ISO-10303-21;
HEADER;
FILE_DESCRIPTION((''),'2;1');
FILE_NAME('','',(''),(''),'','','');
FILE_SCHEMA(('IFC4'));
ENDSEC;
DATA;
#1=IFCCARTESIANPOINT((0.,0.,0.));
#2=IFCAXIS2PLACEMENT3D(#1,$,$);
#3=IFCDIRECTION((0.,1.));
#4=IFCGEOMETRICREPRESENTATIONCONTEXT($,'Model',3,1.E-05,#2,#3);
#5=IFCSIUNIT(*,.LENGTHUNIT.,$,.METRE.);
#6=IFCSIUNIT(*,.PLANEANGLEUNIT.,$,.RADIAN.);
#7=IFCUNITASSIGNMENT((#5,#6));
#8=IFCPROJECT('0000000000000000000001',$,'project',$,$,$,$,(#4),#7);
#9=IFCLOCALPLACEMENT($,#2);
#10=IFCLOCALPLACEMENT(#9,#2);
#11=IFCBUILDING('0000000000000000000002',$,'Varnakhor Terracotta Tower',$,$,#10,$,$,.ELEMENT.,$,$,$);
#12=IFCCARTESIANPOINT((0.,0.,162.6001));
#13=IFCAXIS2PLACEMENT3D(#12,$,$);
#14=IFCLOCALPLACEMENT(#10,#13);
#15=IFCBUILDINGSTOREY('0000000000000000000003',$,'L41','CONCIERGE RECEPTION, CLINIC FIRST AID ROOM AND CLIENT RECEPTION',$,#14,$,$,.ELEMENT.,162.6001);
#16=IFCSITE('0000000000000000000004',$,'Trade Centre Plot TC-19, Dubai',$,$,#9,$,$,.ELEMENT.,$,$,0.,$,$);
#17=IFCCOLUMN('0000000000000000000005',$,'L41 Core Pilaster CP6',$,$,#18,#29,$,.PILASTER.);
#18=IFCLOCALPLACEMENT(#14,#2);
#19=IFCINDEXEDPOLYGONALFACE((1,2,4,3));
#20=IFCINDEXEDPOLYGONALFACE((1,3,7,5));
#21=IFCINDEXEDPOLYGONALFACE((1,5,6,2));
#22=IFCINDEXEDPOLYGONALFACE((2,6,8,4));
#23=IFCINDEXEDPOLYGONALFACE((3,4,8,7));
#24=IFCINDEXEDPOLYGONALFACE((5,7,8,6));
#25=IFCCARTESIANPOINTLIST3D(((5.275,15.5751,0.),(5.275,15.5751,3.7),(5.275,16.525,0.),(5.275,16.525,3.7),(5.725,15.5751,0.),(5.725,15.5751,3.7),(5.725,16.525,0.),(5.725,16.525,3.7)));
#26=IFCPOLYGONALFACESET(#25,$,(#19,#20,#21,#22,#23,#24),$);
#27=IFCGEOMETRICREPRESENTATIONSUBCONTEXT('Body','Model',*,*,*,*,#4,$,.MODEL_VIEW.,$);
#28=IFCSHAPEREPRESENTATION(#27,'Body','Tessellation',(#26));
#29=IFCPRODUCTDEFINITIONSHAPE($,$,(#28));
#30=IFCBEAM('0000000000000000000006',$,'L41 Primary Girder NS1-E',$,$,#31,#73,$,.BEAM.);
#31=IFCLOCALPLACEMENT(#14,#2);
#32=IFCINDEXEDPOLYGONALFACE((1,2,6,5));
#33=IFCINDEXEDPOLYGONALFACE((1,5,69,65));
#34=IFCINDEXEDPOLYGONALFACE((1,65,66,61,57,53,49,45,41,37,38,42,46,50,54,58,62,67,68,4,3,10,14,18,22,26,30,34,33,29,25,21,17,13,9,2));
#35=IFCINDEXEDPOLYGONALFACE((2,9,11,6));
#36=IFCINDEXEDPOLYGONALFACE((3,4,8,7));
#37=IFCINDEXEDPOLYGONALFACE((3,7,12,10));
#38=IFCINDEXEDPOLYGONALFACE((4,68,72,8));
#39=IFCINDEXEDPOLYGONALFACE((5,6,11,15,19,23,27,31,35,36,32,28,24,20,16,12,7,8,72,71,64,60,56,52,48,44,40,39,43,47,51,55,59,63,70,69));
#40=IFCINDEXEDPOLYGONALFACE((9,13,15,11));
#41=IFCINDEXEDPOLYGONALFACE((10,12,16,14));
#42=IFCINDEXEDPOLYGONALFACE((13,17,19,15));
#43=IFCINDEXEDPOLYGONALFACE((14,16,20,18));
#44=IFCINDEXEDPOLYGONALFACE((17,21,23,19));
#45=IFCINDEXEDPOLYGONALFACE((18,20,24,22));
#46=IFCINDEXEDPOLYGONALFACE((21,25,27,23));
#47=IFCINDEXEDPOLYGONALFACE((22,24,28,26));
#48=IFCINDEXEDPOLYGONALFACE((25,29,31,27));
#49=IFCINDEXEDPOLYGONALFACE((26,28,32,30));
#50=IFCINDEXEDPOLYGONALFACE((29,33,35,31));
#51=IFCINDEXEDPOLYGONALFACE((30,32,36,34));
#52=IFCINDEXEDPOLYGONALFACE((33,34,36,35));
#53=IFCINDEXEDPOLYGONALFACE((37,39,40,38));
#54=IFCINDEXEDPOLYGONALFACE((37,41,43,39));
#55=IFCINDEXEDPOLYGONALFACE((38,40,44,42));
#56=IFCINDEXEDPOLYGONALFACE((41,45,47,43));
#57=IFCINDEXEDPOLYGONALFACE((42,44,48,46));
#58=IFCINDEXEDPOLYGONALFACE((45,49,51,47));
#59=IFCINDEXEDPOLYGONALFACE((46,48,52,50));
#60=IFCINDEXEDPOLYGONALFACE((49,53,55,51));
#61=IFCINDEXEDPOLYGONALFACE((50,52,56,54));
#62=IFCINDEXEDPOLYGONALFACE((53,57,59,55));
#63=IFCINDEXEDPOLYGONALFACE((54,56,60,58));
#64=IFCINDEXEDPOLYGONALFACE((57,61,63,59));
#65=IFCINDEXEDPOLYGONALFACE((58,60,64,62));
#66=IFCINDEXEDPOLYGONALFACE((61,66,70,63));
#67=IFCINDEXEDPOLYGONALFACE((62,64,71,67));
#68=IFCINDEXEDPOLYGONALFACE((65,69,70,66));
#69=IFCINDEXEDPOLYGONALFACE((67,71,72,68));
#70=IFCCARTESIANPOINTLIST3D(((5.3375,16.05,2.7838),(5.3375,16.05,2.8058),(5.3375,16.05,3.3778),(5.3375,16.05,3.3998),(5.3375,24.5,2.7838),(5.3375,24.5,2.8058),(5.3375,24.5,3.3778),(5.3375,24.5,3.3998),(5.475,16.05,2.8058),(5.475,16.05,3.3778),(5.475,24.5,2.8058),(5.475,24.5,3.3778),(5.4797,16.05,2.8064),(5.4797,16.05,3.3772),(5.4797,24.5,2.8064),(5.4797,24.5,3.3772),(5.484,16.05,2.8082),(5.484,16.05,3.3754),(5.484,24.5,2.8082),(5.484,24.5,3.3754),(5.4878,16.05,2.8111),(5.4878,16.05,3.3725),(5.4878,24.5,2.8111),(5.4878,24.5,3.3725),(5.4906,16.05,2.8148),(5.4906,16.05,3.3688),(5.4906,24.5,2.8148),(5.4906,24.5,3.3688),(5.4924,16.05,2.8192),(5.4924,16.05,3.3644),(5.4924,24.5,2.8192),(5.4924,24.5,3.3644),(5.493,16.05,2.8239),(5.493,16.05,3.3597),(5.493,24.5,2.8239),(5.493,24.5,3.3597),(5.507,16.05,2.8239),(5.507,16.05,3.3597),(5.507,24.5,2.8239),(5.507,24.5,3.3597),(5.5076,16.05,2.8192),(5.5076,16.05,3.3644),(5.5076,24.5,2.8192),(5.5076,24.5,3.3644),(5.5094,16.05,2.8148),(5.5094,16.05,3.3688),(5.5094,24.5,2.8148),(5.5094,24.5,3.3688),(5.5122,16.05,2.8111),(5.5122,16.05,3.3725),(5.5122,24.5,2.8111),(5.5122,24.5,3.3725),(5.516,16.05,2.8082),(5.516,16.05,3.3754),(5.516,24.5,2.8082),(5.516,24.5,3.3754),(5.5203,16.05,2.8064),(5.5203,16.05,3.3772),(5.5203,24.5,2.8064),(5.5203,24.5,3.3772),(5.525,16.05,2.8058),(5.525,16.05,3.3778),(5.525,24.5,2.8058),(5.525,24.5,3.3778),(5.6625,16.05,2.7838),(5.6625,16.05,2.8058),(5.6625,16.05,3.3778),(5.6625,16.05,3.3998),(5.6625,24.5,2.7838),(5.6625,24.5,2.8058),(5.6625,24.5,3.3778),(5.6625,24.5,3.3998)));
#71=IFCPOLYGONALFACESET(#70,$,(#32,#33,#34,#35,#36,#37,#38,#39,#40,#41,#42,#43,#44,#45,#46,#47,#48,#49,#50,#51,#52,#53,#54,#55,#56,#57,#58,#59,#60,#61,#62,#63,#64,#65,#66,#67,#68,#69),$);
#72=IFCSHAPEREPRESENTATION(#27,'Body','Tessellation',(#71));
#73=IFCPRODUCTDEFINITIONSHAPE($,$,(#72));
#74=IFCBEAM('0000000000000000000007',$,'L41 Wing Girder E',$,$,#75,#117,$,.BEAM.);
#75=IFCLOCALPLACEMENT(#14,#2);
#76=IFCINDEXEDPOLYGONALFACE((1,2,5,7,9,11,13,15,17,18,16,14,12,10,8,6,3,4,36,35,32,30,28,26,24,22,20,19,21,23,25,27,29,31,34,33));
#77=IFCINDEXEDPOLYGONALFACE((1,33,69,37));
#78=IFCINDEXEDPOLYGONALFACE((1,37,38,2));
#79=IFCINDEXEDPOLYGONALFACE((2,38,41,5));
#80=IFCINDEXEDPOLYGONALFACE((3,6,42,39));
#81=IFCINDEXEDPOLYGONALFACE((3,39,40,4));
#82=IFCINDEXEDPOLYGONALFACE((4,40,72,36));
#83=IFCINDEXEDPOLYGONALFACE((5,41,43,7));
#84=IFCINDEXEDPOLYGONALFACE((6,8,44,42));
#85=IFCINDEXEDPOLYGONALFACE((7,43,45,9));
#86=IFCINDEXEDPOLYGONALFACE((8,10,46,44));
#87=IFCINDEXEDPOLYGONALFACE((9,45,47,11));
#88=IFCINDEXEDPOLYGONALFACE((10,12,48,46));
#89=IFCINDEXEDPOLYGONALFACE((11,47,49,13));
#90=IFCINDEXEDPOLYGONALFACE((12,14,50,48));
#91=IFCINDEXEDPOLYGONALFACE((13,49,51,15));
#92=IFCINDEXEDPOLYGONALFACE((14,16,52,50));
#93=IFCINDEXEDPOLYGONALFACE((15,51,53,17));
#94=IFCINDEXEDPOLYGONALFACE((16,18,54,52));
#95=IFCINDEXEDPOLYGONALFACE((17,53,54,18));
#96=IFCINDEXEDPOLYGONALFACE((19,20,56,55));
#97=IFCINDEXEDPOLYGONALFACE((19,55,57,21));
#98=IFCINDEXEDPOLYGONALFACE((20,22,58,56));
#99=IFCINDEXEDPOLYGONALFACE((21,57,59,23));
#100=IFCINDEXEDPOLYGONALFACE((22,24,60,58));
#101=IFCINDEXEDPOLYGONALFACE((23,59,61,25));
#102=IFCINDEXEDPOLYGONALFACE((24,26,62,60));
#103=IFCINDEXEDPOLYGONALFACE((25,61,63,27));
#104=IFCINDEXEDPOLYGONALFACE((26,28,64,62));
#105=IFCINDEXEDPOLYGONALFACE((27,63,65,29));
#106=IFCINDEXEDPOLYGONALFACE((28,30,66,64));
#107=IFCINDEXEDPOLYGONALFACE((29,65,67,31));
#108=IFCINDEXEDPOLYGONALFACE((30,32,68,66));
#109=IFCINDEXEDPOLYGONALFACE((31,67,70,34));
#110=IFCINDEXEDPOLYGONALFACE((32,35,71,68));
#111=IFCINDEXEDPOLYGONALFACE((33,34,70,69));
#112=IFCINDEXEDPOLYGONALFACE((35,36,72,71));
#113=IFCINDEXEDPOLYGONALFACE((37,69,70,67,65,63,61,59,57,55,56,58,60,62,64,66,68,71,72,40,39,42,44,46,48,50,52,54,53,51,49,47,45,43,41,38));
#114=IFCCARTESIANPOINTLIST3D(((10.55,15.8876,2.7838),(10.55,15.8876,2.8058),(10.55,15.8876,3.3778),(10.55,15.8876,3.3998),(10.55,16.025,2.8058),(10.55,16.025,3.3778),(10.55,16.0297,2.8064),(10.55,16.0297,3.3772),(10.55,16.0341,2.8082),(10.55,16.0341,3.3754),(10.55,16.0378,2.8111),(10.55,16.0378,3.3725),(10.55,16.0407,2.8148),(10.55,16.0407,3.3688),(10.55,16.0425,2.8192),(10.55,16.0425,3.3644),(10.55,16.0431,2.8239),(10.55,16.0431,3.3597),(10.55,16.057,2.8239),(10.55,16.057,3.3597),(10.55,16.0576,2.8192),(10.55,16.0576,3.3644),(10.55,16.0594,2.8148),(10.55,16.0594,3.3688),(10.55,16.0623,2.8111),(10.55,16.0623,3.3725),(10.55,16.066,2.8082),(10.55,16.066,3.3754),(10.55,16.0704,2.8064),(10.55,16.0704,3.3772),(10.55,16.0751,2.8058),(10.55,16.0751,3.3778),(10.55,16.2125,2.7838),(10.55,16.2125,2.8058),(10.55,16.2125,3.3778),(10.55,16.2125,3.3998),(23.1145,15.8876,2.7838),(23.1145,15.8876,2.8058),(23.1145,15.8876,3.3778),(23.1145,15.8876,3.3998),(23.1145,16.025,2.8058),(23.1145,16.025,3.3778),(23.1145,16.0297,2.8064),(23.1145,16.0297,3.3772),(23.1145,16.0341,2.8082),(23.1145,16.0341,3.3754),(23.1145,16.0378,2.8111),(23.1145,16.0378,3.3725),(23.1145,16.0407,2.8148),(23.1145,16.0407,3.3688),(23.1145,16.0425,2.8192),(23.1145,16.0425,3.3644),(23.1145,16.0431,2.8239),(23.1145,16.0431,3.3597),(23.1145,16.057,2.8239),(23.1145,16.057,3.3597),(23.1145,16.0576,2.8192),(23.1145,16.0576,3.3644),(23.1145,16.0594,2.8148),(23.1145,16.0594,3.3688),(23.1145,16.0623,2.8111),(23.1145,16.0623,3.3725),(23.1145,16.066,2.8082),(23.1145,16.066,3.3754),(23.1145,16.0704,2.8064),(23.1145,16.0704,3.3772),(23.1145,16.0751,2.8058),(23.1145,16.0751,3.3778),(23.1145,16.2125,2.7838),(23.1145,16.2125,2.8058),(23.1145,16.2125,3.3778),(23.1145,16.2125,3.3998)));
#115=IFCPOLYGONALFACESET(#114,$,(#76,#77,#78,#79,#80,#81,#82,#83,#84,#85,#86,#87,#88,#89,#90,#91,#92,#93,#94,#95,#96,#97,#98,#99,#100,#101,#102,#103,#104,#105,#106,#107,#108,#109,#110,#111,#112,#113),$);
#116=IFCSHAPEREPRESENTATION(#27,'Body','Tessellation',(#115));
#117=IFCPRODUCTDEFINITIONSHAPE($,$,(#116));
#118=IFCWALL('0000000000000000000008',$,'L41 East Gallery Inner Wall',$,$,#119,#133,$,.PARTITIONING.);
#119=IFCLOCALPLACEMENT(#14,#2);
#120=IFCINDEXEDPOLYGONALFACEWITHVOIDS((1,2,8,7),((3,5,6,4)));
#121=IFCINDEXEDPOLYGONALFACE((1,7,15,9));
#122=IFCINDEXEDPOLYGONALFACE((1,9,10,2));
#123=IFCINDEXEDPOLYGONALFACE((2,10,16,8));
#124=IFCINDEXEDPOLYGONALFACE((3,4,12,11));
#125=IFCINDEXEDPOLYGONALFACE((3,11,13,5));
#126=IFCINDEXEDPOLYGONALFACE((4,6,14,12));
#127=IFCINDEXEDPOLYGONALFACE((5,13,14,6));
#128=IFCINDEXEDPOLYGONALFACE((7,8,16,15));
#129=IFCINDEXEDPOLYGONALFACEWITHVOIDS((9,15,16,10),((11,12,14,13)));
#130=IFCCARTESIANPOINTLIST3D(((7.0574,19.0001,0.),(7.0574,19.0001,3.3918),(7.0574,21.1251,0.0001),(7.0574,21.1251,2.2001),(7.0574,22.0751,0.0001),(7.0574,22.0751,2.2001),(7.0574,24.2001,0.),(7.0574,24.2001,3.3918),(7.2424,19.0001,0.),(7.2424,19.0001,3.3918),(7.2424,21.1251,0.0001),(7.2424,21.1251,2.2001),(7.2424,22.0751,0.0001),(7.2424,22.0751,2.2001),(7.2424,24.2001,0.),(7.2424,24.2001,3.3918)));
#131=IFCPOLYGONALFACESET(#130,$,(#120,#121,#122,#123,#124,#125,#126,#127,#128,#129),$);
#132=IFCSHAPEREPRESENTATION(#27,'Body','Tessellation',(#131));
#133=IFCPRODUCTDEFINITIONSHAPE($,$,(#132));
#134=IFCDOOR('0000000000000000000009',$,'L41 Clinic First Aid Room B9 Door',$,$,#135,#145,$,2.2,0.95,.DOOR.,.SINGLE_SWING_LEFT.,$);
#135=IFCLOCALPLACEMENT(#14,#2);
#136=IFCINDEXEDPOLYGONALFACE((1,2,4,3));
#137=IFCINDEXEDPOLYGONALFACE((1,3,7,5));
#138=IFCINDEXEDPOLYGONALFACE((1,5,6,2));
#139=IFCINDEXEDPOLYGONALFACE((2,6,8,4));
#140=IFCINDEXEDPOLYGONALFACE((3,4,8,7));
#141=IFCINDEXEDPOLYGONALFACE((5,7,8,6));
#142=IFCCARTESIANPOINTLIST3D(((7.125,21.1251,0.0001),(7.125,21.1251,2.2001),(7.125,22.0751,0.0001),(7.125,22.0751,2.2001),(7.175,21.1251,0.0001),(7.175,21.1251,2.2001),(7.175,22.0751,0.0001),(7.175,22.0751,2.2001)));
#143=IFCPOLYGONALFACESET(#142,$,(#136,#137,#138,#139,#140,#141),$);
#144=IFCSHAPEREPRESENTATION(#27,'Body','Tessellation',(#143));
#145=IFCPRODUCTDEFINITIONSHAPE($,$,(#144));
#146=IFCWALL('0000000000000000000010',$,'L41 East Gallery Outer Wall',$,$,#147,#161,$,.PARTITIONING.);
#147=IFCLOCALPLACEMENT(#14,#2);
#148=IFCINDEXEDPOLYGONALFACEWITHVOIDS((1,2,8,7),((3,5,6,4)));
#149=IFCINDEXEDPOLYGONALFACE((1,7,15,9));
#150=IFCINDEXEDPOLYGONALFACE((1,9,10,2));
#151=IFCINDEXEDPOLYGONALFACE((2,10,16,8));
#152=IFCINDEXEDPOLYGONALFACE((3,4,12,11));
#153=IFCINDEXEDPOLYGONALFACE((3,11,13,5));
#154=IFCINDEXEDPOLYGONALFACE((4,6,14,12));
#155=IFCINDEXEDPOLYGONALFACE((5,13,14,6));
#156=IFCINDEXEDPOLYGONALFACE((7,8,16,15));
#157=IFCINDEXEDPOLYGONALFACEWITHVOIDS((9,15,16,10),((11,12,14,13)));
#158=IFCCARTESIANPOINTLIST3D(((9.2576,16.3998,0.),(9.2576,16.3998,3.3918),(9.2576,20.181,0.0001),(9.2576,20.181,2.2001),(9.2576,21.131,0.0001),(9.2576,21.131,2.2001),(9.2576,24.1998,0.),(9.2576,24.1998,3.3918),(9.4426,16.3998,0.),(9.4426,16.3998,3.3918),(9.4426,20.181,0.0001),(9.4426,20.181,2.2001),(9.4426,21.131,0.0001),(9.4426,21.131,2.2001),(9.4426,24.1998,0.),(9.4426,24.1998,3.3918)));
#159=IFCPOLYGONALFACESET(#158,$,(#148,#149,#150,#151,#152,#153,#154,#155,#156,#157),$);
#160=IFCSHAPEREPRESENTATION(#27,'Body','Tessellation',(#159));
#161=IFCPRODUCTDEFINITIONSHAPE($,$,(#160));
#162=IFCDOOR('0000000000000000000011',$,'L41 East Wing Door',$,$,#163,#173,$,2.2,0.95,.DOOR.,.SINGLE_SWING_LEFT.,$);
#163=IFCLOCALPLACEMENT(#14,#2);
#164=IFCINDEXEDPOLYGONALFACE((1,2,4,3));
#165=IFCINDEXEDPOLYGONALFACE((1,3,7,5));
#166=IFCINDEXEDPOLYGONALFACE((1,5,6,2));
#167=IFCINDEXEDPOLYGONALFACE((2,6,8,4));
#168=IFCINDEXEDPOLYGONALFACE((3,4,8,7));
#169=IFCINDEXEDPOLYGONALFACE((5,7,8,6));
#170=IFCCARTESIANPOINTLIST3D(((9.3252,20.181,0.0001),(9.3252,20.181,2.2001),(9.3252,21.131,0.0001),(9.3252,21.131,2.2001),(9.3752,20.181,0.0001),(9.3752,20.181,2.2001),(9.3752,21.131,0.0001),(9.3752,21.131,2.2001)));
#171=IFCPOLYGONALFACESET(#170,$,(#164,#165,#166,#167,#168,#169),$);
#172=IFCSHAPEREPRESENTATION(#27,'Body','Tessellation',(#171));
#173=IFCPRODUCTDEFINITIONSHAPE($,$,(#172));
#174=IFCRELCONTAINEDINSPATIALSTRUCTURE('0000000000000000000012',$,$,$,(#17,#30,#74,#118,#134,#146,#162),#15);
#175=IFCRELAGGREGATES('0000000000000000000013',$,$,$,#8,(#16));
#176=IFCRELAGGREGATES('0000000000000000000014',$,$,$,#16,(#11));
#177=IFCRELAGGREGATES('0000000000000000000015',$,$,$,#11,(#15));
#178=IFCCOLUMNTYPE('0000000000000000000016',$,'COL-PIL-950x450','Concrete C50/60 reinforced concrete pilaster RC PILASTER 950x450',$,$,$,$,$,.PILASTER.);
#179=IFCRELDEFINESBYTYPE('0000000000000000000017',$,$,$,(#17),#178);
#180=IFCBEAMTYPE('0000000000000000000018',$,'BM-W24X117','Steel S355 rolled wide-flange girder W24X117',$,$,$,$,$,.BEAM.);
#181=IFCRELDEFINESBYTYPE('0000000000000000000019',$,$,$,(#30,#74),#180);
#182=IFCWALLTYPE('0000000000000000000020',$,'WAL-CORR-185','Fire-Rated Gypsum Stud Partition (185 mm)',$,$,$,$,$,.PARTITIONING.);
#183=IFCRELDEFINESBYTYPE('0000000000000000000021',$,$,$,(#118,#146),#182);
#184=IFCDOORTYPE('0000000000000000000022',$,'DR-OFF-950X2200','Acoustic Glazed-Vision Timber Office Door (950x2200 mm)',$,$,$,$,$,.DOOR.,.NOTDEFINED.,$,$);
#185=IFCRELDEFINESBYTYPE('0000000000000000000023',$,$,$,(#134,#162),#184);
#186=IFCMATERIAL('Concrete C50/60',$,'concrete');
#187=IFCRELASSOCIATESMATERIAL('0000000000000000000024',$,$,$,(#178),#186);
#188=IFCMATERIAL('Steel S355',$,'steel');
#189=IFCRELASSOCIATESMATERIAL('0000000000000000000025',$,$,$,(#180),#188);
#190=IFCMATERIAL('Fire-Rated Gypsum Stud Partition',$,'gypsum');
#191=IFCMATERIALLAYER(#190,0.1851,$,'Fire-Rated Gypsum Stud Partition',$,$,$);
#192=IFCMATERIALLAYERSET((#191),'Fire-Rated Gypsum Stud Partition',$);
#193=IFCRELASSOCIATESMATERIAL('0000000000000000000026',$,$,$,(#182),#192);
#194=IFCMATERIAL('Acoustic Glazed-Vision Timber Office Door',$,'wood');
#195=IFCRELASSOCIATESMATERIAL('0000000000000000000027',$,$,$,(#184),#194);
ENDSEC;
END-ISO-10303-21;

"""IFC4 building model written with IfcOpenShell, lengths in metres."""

from ifc_helpers import new_model, si_unit, direction, frame, frame_2d, origin, origin_2d, place, context, subcontext, project, spatial, rectangle, i_section, extrude, source, transform, mapped, material, layer, layer_set, material_profile, profile_set, type_object, type_shapes, element, fill, save


model = new_model("IFC4")

# Units and contexts
model_context = context("Model", 3, precision=1e-05, world=origin(), true_north=direction((0.0, 1.0)))
body_context = subcontext(model_context, "Body", "Model", "MODEL_VIEW")
ifc_project = project(units=[si_unit("LENGTHUNIT", "METRE"), si_unit("PLANEANGLEUNIT", "RADIAN")], contexts=[model_context])

# Site, building, storey
site_placement = place(None, origin())
site = spatial("IfcSite", under=ifc_project, at=site_placement, Name="Trade Centre Plot TC-19, Dubai", CompositionType="ELEMENT", RefElevation=0.0)
building_placement = place(site_placement, origin())
building = spatial("IfcBuilding", under=site, at=building_placement, Name="Varnakhor Terracotta Tower", CompositionType="ELEMENT")
storey_placement = place(building_placement, frame((0.0, 0.0, 162.6001)))
storey = spatial("IfcBuildingStorey", under=building, at=storey_placement, Name="L41", Description="CONCIERGE RECEPTION, CLINIC FIRST AID ROOM AND CLIENT RECEPTION", CompositionType="ELEMENT", Elevation=162.6001)

# Column
ifc_material_1 = material(Name="Concrete C50/60", Category="concrete")
ifc_material_profile_1 = material_profile(ifc_material_1, rectangle(XDim=0.45, YDim=0.95, at=origin_2d()), Name="RC PILASTER 950x450")
ifc_profile_set_1 = profile_set([ifc_material_profile_1], Name="Concrete C50/60")
column_type = type_object("IfcColumnType", Name="COL-PIL-950x450", Description="Concrete C50/60 reinforced concrete pilaster RC PILASTER 950x450", PredefinedType="PILASTER", material=ifc_profile_set_1)
shared_shape_1 = source(origin(), body_context, "Body", "SweptSolid", [
    extrude(rectangle(XDim=0.45, YDim=0.95, at=origin_2d()), origin(), (0.0, 0.0, 1.0), 3.7),
])
column_placement = place(storey_placement, frame((5.5, 16.05, 0.0), z_axis=(0.0, 0.0, 1.0), x_axis=(1.0, 0.0, 0.0)))
element("IfcColumn", 1, at=column_placement, inside=storey, type_object=column_type, Name="L41 Core Pilaster CP6", PredefinedType="PILASTER", context=body_context, shape_type="MappedRepresentation", body=[
    mapped(shared_shape_1, transform((0.0, 0.0, 0.0), scale=1.0)),
])

# Beams
ifc_material_2 = material(Name="Steel S355", Category="steel")
ifc_material_profile_2 = material_profile(ifc_material_2, i_section(OverallWidth=0.325, OverallDepth=0.616, WebThickness=0.0139, FlangeThickness=0.022, FilletRadius=0.0181, at=origin_2d()), Name="W24X117")
ifc_profile_set_2 = profile_set([ifc_material_profile_2], Name="Steel S355")
beam_type = type_object("IfcBeamType", Name="BM-W24X117", Description="Steel S355 rolled wide-flange girder W24X117", PredefinedType="BEAM", material=ifc_profile_set_2)
shared_shape_2 = source(origin(), body_context, "Body", "SweptSolid", [
    extrude(i_section(OverallWidth=0.325, OverallDepth=0.616, WebThickness=0.0139, FlangeThickness=0.022, FilletRadius=0.0181, at=origin_2d()), origin(), (0.0, 0.0, 1.0), 8.45),
])
type_shapes(beam_type, [shared_shape_2])
beam_1_placement = place(storey_placement, frame((5.5, 16.05, 3.0918), z_axis=(0.0, 1.0, 0.0), x_axis=(-1.0, 0.0, 0.0)))
element("IfcBeam", 2, at=beam_1_placement, inside=storey, type_object=beam_type, Name="L41 Primary Girder NS1-E", PredefinedType="BEAM", context=body_context, shape_type="MappedRepresentation", body=[
    mapped(shared_shape_2, transform((0.0, 0.0, 0.0), scale=1.0)),
])
shared_shape_3 = source(origin(), body_context, "Body", "SweptSolid", [
    extrude(i_section(OverallWidth=0.325, OverallDepth=0.616, WebThickness=0.0139, FlangeThickness=0.022, FilletRadius=0.0181, at=origin_2d()), origin(), (0.0, 0.0, 1.0), 12.5645),
])
beam_2_placement = place(storey_placement, frame((10.55, 16.05, 3.0918), z_axis=(1.0, 0.0, 0.0), x_axis=(0.0, 1.0, 0.0)))
element("IfcBeam", 3, at=beam_2_placement, inside=storey, type_object=beam_type, Name="L41 Wing Girder E", PredefinedType="BEAM", context=body_context, shape_type="MappedRepresentation", body=[
    mapped(shared_shape_3, transform((0.0, 0.0, 0.0), scale=1.0)),
])

# Walls, openings, doors
ifc_material_3 = material(Name="Fire-Rated Gypsum Stud Partition", Category="gypsum")
ifc_layer_1 = layer(ifc_material_3, 0.1851, Name="Fire-Rated Gypsum Stud Partition")
ifc_layer_set_1 = layer_set([ifc_layer_1], Name="Fire-Rated Gypsum Stud Partition")
wall_type_1 = type_object("IfcWallType", Name="WAL-CORR-185", Description="Fire-Rated Gypsum Stud Partition (185 mm)", PredefinedType="PARTITIONING", material=ifc_layer_set_1)
wall_1_placement = place(storey_placement, frame((7.1499, 19.0, 0.0), z_axis=(0.0, 0.0, 1.0), x_axis=(0.0, 1.0, 0.0)))
wall_1 = element("IfcWall", 4, at=wall_1_placement, inside=storey, type_object=wall_type_1, Name="L41 East Gallery Inner Wall", PredefinedType="PARTITIONING", context=body_context, shape_type="SweptSolid", body=[
    extrude(rectangle(XDim=5.2, YDim=0.1851, at=frame_2d((2.6001, 0.0))), origin(), (0.0, 0.0, 1.0), 3.3918),
])
opening_1_placement = place(wall_1_placement, frame((2.125, 0.0, 0.0)))
opening_1 = element("IfcOpeningElement", 5, at=opening_1_placement, cuts=wall_1, PredefinedType="OPENING", context=body_context, shape_type="SweptSolid", body=[
    extrude(rectangle(XDim=0.95, YDim=2.2, at=frame_2d((0.4751, 1.1001))), frame((0.0, 0.1025, 0.0), z_axis=(0.0, -1.0, 0.0), x_axis=(1.0, 0.0, 0.0)), (0.0, 0.0, 1.0), 0.2051),
])
ifc_material_4 = material(Name="Acoustic Glazed-Vision Timber Office Door", Category="wood")
door_type_1 = type_object("IfcDoorType", Name="DR-OFF-950X2200", Description="Acoustic Glazed-Vision Timber Office Door (950x2200 mm)", OperationType="NOTDEFINED", PredefinedType="DOOR", material=ifc_material_4)
shared_shape_4 = source(origin(), body_context, "Body", "SweptSolid", [
    extrude(rectangle(XDim=0.95, YDim=2.2, at=frame_2d((0.4751, 1.1001))), frame((0.0, 0.0249, 0.0), z_axis=(0.0, -1.0, 0.0), x_axis=(1.0, 0.0, 0.0)), (0.0, 0.0, 1.0), 0.05),
])
type_shapes(door_type_1, [shared_shape_4])
door_1_placement = place(opening_1_placement, origin())
door_1 = element("IfcDoor", 6, at=door_1_placement, inside=storey, type_object=door_type_1, Name="L41 Clinic First Aid Room B9 Door", OperationType="SINGLE_SWING_LEFT", OverallHeight=2.2, OverallWidth=0.95, PredefinedType="DOOR", context=body_context, shape_type="MappedRepresentation", body=[
    mapped(shared_shape_4, transform((0.0, 0.0, 0.0), scale=1.0)),
])
fill(opening_1, door_1)
wall_2_placement = place(storey_placement, frame((9.3501, 16.3999, 0.0), z_axis=(0.0, 0.0, 1.0), x_axis=(0.0, 1.0, 0.0)))
wall_2 = element("IfcWall", 7, at=wall_2_placement, inside=storey, type_object=wall_type_1, Name="L41 East Gallery Outer Wall", PredefinedType="PARTITIONING", context=body_context, shape_type="SweptSolid", body=[
    extrude(rectangle(XDim=7.8, YDim=0.1851, at=frame_2d((3.8999, 0.0))), origin(), (0.0, 0.0, 1.0), 3.3918),
])
opening_2_placement = place(wall_2_placement, frame((3.781, 0.0, 0.0)))
opening_2 = element("IfcOpeningElement", 8, at=opening_2_placement, cuts=wall_2, PredefinedType="OPENING", context=body_context, shape_type="SweptSolid", body=[
    extrude(rectangle(XDim=0.95, YDim=2.2, at=frame_2d((0.4751, 1.1001))), frame((0.0, 0.1025, 0.0), z_axis=(0.0, -1.0, 0.0), x_axis=(1.0, 0.0, 0.0)), (0.0, 0.0, 1.0), 0.2051),
])
door_2_placement = place(opening_2_placement, origin())
door_2 = element("IfcDoor", 9, at=door_2_placement, inside=storey, type_object=door_type_1, Name="L41 East Wing Door", OperationType="SINGLE_SWING_LEFT", OverallHeight=2.2, OverallWidth=0.95, PredefinedType="DOOR", context=body_context, shape_type="MappedRepresentation", body=[
    mapped(shared_shape_4, transform((0.0, 0.0, 0.0), scale=1.0)),
])
fill(opening_2, door_2)

save(model, "model.ifc")
